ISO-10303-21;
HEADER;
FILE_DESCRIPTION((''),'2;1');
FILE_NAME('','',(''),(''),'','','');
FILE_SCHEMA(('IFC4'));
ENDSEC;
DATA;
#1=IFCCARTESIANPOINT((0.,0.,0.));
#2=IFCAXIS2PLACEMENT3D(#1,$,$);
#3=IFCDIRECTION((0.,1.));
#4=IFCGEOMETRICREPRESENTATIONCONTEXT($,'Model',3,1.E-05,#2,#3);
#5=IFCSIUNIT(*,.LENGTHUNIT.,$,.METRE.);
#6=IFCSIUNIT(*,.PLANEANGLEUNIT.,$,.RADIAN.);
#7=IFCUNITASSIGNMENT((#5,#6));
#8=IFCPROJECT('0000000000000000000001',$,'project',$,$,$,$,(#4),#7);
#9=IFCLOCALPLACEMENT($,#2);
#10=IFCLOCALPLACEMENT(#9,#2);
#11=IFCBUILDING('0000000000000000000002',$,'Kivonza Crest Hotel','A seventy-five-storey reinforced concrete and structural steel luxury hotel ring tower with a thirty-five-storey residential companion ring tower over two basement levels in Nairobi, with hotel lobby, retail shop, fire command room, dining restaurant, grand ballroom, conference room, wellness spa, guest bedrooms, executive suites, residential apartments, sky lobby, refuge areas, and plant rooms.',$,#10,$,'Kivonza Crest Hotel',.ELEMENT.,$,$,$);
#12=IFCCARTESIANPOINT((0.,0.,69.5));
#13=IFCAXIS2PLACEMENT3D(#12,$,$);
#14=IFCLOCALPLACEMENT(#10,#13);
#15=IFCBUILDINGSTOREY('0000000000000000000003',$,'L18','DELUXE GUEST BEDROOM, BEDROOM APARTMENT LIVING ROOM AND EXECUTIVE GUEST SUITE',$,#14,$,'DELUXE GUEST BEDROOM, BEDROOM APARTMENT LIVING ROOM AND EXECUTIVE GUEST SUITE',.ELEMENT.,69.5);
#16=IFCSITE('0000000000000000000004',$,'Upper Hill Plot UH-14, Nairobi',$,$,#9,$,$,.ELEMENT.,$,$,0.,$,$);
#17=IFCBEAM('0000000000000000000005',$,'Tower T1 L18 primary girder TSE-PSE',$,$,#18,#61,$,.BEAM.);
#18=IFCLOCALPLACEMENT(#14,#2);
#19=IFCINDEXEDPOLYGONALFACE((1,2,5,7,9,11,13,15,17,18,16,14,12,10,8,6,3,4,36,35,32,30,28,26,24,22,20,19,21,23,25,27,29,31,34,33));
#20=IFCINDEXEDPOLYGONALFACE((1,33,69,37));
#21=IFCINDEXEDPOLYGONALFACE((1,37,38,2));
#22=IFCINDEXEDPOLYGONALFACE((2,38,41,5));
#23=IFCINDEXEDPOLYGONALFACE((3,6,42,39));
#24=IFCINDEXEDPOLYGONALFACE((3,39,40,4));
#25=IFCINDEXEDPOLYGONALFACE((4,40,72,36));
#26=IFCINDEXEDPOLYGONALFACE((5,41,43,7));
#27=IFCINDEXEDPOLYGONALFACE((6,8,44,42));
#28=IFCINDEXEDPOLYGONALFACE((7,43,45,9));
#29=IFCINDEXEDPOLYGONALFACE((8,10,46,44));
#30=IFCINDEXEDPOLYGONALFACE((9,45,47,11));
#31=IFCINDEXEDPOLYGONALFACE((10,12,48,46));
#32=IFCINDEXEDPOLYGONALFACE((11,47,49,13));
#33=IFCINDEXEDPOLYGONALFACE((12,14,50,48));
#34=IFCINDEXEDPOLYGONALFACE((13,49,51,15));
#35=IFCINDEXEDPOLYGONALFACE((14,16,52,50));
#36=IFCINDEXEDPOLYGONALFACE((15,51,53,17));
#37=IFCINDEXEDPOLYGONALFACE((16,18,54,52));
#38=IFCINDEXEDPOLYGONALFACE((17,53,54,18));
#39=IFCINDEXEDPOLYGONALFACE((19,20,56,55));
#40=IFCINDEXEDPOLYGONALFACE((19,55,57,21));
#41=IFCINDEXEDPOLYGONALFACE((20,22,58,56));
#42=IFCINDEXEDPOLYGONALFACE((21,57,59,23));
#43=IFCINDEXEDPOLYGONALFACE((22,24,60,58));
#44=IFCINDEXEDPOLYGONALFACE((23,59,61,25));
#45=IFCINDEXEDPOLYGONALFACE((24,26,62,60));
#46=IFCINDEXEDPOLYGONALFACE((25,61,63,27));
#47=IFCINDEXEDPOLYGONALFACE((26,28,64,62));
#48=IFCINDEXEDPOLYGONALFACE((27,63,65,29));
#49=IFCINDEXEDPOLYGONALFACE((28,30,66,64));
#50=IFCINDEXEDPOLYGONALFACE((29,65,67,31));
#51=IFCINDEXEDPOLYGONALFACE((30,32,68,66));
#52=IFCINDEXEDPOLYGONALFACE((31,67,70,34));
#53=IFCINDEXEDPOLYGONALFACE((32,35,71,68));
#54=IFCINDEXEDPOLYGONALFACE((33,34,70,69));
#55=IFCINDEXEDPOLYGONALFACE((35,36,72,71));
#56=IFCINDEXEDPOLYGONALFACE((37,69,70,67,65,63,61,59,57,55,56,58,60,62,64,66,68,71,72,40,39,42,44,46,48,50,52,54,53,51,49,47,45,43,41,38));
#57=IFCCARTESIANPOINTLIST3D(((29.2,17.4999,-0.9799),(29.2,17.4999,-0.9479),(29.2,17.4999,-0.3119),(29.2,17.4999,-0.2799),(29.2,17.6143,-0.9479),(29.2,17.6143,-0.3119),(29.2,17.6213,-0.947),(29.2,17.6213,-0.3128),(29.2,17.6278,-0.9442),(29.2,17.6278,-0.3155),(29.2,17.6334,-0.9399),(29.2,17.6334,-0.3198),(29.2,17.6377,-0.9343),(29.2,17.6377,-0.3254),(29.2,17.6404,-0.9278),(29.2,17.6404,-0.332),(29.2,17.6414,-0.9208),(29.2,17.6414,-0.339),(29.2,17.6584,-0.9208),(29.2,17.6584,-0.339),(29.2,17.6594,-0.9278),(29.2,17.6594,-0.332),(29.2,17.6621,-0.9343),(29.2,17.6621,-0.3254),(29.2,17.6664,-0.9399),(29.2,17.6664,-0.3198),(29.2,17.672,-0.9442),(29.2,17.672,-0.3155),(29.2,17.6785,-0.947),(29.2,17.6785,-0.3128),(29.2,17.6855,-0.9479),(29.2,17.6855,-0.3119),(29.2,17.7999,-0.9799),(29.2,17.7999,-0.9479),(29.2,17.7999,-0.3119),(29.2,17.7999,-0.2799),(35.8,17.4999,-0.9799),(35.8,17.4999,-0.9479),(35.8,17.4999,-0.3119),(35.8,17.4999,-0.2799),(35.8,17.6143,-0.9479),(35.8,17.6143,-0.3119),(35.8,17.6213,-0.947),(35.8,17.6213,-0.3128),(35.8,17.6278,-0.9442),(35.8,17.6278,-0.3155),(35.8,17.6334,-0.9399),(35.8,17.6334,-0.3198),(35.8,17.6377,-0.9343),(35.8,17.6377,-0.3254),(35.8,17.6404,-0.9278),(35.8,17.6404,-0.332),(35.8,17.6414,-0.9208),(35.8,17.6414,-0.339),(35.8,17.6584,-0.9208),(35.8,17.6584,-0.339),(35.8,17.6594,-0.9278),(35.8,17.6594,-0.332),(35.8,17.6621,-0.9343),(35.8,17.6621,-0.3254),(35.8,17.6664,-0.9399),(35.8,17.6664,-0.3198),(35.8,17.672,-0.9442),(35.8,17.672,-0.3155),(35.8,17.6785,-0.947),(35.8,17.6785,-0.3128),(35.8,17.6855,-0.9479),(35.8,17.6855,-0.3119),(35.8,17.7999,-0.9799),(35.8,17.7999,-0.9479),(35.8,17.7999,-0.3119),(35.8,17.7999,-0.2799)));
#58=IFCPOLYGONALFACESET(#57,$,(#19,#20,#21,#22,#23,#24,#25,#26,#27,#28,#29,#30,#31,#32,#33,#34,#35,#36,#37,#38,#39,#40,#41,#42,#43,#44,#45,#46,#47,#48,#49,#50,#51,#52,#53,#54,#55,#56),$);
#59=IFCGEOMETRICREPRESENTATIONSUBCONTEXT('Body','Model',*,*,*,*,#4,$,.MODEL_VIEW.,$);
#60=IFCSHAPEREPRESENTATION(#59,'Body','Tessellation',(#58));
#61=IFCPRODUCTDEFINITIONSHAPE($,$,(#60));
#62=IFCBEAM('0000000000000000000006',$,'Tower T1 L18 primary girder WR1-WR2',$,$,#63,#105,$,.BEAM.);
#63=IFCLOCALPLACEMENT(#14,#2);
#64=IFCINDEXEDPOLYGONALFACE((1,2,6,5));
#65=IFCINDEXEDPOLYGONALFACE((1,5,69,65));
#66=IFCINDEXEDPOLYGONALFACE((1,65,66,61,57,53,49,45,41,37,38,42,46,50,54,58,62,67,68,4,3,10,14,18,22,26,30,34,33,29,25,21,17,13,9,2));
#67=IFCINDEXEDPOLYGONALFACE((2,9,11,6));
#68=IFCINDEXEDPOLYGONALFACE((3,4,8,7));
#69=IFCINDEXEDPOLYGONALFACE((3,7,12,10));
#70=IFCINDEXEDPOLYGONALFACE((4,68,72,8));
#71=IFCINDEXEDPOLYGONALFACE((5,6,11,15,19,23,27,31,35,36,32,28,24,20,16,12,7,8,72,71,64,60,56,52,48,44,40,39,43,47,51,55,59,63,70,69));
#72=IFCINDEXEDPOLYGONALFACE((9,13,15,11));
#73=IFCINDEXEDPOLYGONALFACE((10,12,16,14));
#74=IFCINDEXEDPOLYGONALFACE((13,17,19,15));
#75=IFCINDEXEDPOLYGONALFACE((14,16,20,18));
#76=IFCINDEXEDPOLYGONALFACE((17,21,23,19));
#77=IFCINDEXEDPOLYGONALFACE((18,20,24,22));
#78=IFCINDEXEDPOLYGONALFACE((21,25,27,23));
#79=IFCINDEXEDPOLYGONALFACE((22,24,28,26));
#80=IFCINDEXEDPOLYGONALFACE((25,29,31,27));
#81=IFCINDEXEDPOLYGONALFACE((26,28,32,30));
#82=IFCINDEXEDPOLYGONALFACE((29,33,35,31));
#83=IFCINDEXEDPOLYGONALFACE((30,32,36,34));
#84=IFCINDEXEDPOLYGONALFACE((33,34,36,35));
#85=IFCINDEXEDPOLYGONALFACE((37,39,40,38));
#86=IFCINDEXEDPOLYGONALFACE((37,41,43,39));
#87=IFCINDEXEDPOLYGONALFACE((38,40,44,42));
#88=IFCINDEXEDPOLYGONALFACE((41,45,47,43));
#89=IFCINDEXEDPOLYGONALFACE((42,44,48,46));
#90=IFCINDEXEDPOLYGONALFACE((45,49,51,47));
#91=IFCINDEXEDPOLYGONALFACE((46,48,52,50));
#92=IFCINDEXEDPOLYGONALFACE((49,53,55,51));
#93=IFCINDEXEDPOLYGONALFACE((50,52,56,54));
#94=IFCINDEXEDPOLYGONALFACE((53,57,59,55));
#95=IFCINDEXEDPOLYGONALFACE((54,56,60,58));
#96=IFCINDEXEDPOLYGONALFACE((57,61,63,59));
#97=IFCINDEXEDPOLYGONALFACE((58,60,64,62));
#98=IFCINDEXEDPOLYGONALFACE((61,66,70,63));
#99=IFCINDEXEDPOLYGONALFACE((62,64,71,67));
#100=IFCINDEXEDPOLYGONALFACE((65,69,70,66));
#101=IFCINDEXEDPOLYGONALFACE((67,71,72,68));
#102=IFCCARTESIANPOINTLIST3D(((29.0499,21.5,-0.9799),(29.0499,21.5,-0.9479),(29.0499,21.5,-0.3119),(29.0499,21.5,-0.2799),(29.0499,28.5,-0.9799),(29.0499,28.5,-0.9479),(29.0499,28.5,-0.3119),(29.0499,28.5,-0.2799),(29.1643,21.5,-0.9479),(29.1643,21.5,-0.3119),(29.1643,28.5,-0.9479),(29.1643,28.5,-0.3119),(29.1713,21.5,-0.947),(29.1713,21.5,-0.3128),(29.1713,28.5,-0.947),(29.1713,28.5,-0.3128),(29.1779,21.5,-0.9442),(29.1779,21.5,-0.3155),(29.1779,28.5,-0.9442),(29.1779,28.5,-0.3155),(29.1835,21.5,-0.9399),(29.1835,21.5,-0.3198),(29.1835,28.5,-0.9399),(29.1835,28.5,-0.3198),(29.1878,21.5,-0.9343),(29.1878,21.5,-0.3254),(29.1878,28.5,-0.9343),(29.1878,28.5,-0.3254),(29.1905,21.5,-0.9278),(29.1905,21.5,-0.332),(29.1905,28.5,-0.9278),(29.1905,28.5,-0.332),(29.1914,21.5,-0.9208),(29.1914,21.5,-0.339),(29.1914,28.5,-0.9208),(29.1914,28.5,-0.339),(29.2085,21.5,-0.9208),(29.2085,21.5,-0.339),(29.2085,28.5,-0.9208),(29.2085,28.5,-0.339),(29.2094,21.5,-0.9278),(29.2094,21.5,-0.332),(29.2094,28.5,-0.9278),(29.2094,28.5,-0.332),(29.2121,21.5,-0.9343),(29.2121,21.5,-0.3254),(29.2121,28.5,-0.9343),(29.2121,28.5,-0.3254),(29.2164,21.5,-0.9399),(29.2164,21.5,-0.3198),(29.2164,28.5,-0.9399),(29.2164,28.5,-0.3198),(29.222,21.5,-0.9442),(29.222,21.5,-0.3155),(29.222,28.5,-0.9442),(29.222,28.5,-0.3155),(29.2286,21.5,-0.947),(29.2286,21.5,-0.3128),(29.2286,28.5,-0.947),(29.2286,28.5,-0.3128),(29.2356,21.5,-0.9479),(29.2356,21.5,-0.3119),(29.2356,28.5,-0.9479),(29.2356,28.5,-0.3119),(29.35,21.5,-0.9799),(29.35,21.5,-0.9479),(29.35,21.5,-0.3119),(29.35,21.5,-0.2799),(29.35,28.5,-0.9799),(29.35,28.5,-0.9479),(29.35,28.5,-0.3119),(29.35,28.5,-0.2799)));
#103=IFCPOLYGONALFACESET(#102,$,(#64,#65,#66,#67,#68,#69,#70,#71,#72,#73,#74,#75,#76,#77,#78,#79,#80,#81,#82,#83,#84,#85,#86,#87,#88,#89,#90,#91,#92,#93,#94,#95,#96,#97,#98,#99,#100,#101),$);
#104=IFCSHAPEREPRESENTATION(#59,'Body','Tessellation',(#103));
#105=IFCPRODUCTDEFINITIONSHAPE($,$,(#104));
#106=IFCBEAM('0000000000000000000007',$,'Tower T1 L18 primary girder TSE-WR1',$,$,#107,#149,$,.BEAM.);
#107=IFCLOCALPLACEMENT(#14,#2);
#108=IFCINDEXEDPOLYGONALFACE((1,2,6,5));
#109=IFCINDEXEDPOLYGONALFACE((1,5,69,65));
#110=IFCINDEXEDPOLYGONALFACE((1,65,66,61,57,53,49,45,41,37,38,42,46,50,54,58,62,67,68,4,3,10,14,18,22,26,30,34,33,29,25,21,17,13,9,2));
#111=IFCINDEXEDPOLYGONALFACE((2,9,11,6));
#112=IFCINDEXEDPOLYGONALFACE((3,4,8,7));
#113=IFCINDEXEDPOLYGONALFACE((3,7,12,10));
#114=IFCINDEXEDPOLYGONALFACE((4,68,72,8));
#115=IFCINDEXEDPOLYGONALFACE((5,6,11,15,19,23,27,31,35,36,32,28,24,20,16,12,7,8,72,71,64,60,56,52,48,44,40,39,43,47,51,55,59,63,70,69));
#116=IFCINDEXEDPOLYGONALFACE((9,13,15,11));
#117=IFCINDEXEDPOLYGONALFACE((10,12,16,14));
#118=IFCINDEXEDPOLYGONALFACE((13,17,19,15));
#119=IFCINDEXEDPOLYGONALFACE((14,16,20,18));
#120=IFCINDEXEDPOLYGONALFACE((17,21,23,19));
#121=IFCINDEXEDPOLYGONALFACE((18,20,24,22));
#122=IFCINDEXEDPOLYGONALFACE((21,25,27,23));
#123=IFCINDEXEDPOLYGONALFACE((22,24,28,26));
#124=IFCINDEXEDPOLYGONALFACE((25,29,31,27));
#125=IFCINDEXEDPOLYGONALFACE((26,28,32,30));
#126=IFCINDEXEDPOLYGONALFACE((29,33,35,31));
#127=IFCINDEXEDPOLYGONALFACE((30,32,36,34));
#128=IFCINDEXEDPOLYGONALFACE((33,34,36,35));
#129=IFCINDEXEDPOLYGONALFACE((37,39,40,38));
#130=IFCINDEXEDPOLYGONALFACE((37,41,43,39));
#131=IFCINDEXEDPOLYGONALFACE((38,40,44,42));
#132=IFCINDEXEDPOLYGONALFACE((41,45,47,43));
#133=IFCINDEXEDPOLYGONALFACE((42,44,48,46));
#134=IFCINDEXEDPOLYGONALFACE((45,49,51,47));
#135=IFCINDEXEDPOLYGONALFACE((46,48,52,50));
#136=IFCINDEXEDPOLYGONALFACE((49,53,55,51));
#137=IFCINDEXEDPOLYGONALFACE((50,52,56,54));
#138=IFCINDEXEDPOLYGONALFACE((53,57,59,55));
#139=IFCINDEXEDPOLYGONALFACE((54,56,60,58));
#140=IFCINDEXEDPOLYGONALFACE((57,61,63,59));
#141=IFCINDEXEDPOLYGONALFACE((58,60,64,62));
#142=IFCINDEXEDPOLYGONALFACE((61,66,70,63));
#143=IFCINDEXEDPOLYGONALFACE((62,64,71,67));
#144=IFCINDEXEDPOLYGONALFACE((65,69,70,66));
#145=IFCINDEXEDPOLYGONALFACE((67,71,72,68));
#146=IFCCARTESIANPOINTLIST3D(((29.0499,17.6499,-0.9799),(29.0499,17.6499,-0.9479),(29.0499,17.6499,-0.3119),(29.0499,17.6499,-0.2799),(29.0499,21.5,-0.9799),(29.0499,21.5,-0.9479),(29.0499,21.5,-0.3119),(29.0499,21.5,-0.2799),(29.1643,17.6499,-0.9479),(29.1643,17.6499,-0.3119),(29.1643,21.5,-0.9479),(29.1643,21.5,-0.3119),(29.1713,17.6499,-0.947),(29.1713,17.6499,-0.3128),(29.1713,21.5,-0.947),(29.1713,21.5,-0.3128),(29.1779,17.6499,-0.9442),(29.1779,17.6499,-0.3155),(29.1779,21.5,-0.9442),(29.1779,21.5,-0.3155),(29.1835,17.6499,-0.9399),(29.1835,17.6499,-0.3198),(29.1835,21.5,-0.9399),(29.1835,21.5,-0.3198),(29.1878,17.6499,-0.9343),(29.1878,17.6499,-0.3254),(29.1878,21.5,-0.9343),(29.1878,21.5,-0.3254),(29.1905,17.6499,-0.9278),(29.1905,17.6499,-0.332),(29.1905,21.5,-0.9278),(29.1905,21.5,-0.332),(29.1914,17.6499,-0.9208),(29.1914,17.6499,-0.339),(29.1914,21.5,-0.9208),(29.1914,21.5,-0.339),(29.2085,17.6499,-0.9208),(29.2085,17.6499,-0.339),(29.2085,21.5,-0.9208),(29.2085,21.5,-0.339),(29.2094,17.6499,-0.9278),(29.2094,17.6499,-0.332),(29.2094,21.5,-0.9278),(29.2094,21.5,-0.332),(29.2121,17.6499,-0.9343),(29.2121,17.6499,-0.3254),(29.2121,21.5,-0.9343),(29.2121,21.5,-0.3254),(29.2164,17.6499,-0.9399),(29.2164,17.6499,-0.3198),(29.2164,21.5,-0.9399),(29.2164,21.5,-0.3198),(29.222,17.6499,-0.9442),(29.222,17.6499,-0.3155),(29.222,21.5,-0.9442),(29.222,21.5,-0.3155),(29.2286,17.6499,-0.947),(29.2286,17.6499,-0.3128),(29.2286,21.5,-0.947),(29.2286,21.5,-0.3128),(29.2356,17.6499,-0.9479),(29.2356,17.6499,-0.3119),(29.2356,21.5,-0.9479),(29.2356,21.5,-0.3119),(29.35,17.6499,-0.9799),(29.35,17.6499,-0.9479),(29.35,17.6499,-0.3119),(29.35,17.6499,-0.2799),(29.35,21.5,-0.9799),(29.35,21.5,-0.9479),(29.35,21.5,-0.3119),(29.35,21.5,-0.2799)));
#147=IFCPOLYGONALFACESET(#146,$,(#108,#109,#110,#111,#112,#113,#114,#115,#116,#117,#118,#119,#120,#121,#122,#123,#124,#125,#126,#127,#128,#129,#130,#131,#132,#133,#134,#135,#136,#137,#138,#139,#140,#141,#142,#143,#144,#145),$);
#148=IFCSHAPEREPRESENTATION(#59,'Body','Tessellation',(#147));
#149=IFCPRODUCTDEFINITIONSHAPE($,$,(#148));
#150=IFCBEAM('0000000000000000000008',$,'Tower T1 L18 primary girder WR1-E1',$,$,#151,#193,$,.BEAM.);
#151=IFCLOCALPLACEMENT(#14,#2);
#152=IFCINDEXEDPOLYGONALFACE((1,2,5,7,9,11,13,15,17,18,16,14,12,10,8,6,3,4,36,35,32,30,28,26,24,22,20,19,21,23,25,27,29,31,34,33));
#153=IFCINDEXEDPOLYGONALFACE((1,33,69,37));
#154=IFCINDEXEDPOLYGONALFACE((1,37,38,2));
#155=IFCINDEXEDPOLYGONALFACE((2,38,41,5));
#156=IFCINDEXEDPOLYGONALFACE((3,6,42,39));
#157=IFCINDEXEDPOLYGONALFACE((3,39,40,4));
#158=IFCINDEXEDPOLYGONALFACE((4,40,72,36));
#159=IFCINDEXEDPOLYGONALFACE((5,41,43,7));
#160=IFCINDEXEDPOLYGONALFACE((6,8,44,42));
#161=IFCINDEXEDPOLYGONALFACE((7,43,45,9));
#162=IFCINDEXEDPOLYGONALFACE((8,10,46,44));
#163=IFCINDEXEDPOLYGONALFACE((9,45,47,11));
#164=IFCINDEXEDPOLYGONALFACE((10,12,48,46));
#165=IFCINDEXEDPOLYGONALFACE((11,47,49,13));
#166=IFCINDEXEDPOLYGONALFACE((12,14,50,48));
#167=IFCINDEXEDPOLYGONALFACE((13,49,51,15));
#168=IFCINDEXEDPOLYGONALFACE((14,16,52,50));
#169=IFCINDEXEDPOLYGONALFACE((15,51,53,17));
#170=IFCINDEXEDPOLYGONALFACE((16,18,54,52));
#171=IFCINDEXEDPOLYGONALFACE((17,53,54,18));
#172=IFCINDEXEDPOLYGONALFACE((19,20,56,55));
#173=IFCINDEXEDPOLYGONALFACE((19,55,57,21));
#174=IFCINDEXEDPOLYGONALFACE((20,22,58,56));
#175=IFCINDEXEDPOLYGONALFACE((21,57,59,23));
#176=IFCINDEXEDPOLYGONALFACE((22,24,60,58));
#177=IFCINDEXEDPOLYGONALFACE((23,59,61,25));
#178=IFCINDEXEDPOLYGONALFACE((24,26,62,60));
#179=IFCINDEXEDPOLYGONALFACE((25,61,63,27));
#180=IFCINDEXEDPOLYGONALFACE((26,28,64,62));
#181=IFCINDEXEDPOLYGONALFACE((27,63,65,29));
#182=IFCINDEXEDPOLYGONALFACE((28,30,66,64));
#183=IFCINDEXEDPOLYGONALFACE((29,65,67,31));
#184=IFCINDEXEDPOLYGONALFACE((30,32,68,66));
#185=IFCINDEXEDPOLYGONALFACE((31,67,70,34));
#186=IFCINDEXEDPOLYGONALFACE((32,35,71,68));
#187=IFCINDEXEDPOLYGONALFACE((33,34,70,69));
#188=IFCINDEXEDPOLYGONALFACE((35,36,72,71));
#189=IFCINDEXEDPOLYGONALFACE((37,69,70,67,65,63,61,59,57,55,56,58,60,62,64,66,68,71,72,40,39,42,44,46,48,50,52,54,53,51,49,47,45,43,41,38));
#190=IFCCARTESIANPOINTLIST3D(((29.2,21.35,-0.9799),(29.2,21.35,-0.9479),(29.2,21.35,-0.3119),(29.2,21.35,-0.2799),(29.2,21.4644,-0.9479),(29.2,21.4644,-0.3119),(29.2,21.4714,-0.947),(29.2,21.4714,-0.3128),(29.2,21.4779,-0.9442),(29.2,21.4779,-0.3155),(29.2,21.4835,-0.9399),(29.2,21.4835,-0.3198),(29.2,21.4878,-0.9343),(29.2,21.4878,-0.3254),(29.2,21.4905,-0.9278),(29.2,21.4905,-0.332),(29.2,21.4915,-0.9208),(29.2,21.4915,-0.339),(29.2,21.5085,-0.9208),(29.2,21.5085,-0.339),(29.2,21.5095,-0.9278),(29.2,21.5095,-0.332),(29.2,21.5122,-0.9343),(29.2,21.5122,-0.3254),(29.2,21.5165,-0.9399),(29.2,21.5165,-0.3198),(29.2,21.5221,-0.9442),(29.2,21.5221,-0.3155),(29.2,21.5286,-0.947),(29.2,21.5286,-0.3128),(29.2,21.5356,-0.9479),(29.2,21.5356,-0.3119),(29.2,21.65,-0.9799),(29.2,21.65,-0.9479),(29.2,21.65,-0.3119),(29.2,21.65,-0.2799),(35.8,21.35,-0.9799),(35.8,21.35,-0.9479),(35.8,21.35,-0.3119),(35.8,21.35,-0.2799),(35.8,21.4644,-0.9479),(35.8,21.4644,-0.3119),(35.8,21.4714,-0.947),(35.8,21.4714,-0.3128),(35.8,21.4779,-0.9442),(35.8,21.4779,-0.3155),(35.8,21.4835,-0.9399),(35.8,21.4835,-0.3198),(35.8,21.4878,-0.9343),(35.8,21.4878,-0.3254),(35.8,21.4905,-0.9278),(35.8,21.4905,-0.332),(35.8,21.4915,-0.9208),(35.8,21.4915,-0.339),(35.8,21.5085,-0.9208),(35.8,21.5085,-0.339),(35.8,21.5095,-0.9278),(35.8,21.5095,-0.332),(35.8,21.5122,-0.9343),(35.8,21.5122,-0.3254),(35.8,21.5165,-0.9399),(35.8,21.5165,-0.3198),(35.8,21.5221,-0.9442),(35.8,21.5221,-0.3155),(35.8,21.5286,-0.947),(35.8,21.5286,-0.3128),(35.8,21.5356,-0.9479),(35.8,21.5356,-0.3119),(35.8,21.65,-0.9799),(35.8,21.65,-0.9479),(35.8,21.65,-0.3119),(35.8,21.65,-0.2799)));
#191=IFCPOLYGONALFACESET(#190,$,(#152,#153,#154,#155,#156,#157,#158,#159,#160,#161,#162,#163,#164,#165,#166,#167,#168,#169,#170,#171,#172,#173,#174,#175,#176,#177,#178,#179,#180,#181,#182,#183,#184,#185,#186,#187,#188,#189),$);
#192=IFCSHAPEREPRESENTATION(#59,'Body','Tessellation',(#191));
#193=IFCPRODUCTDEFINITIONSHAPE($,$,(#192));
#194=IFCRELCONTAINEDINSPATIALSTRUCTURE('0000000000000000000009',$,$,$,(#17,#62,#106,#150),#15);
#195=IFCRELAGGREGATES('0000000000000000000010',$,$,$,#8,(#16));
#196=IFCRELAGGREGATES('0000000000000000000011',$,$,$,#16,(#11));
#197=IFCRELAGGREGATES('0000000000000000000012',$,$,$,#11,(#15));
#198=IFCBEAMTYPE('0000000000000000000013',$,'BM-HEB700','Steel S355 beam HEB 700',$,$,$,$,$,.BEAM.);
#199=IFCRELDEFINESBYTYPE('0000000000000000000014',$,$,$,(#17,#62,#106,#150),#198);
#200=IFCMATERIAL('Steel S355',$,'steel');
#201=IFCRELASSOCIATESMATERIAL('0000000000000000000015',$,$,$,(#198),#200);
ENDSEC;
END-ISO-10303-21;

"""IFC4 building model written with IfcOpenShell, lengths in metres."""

from ifc_helpers import new_model, si_unit, direction, frame, origin, origin_2d, place, context, subcontext, project, spatial, i_section, extrude, material, material_profile, profile_set, type_object, element, save


model = new_model("IFC4")

# Units and contexts
model_context = context("Model", 3, precision=1e-05, world=origin(), true_north=direction((0.0, 1.0)))
body_context = subcontext(model_context, "Body", "Model", "MODEL_VIEW")
ifc_project = project(units=[si_unit("LENGTHUNIT", "METRE"), si_unit("PLANEANGLEUNIT", "RADIAN")], contexts=[model_context])

# Site, building, storey
site_placement = place(None, origin())
site = spatial("IfcSite", under=ifc_project, at=site_placement, Name="Upper Hill Plot UH-14, Nairobi", CompositionType="ELEMENT", RefElevation=0.0)
building_placement = place(site_placement, origin())
building = spatial("IfcBuilding", under=site, at=building_placement, Name="Kivonza Crest Hotel", Description="A seventy-five-storey reinforced concrete and structural steel luxury hotel ring tower with a thirty-five-storey residential companion ring tower over two basement levels in Nairobi, with hotel lobby, retail shop, fire command room, dining restaurant, grand ballroom, conference room, wellness spa, guest bedrooms, executive suites, residential apartments, sky lobby, refuge areas, and plant rooms.", LongName="Kivonza Crest Hotel", CompositionType="ELEMENT")
storey_placement = place(building_placement, frame((0.0, 0.0, 69.5)))
storey = spatial("IfcBuildingStorey", under=building, at=storey_placement, Name="L18", Description="DELUXE GUEST BEDROOM, BEDROOM APARTMENT LIVING ROOM AND EXECUTIVE GUEST SUITE", LongName="DELUXE GUEST BEDROOM, BEDROOM APARTMENT LIVING ROOM AND EXECUTIVE GUEST SUITE", CompositionType="ELEMENT", Elevation=69.5)

# Beams
ifc_material_1 = material(Name="Steel S355", Category="steel")
ifc_material_profile_1 = material_profile(ifc_material_1, i_section(OverallWidth=0.3, OverallDepth=0.7, WebThickness=0.0171, FlangeThickness=0.032, FilletRadius=0.0271, at=origin_2d()), Name="HEB 700")
ifc_profile_set_1 = profile_set([ifc_material_profile_1], Name="Steel S355")
beam_type_1 = type_object("IfcBeamType", Name="BM-HEB700", Description="Steel S355 beam HEB 700", PredefinedType="BEAM", material=ifc_profile_set_1)
beam_1_placement = place(storey_placement, frame((29.2, 17.6499, -0.6299), z_axis=(1.0, 0.0, 0.0), x_axis=(0.0, 1.0, 0.0)))
element("IfcBeam", 1, at=beam_1_placement, inside=storey, type_object=beam_type_1, Name="Tower T1 L18 primary girder TSE-PSE", PredefinedType="BEAM", context=body_context, shape_type="SweptSolid", body=[
    extrude(i_section(OverallWidth=0.3, OverallDepth=0.7, WebThickness=0.0171, FlangeThickness=0.032, FilletRadius=0.0271, at=origin_2d()), origin(), (0.0, 0.0, 1.0), 6.6001),
])
beam_2_placement = place(storey_placement, frame((29.2, 21.5, -0.6299), z_axis=(0.0, 1.0, 0.0), x_axis=(-1.0, 0.0, 0.0)))
element("IfcBeam", 2, at=beam_2_placement, inside=storey, type_object=beam_type_1, Name="Tower T1 L18 primary girder WR1-WR2", PredefinedType="BEAM", context=body_context, shape_type="SweptSolid", body=[
    extrude(i_section(OverallWidth=0.3, OverallDepth=0.7, WebThickness=0.0171, FlangeThickness=0.032, FilletRadius=0.0271, at=origin_2d()), origin(), (0.0, 0.0, 1.0), 7.0),
])
beam_3_placement = place(storey_placement, frame((29.2, 17.6499, -0.6299), z_axis=(0.0, 1.0, 0.0), x_axis=(-1.0, 0.0, 0.0)))
element("IfcBeam", 3, at=beam_3_placement, inside=storey, type_object=beam_type_1, Name="Tower T1 L18 primary girder TSE-WR1", PredefinedType="BEAM", context=body_context, shape_type="SweptSolid", body=[
    extrude(i_section(OverallWidth=0.3, OverallDepth=0.7, WebThickness=0.0171, FlangeThickness=0.032, FilletRadius=0.0271, at=origin_2d()), origin(), (0.0, 0.0, 1.0), 3.8501),
])
beam_4_placement = place(storey_placement, frame((29.2, 21.5, -0.6299), z_axis=(1.0, 0.0, 0.0), x_axis=(0.0, 1.0, 0.0)))
element("IfcBeam", 4, at=beam_4_placement, inside=storey, type_object=beam_type_1, Name="Tower T1 L18 primary girder WR1-E1", PredefinedType="BEAM", context=body_context, shape_type="SweptSolid", body=[
    extrude(i_section(OverallWidth=0.3, OverallDepth=0.7, WebThickness=0.0171, FlangeThickness=0.032, FilletRadius=0.0271, at=origin_2d()), origin(), (0.0, 0.0, 1.0), 6.6001),
])

save(model, "model.ifc")
